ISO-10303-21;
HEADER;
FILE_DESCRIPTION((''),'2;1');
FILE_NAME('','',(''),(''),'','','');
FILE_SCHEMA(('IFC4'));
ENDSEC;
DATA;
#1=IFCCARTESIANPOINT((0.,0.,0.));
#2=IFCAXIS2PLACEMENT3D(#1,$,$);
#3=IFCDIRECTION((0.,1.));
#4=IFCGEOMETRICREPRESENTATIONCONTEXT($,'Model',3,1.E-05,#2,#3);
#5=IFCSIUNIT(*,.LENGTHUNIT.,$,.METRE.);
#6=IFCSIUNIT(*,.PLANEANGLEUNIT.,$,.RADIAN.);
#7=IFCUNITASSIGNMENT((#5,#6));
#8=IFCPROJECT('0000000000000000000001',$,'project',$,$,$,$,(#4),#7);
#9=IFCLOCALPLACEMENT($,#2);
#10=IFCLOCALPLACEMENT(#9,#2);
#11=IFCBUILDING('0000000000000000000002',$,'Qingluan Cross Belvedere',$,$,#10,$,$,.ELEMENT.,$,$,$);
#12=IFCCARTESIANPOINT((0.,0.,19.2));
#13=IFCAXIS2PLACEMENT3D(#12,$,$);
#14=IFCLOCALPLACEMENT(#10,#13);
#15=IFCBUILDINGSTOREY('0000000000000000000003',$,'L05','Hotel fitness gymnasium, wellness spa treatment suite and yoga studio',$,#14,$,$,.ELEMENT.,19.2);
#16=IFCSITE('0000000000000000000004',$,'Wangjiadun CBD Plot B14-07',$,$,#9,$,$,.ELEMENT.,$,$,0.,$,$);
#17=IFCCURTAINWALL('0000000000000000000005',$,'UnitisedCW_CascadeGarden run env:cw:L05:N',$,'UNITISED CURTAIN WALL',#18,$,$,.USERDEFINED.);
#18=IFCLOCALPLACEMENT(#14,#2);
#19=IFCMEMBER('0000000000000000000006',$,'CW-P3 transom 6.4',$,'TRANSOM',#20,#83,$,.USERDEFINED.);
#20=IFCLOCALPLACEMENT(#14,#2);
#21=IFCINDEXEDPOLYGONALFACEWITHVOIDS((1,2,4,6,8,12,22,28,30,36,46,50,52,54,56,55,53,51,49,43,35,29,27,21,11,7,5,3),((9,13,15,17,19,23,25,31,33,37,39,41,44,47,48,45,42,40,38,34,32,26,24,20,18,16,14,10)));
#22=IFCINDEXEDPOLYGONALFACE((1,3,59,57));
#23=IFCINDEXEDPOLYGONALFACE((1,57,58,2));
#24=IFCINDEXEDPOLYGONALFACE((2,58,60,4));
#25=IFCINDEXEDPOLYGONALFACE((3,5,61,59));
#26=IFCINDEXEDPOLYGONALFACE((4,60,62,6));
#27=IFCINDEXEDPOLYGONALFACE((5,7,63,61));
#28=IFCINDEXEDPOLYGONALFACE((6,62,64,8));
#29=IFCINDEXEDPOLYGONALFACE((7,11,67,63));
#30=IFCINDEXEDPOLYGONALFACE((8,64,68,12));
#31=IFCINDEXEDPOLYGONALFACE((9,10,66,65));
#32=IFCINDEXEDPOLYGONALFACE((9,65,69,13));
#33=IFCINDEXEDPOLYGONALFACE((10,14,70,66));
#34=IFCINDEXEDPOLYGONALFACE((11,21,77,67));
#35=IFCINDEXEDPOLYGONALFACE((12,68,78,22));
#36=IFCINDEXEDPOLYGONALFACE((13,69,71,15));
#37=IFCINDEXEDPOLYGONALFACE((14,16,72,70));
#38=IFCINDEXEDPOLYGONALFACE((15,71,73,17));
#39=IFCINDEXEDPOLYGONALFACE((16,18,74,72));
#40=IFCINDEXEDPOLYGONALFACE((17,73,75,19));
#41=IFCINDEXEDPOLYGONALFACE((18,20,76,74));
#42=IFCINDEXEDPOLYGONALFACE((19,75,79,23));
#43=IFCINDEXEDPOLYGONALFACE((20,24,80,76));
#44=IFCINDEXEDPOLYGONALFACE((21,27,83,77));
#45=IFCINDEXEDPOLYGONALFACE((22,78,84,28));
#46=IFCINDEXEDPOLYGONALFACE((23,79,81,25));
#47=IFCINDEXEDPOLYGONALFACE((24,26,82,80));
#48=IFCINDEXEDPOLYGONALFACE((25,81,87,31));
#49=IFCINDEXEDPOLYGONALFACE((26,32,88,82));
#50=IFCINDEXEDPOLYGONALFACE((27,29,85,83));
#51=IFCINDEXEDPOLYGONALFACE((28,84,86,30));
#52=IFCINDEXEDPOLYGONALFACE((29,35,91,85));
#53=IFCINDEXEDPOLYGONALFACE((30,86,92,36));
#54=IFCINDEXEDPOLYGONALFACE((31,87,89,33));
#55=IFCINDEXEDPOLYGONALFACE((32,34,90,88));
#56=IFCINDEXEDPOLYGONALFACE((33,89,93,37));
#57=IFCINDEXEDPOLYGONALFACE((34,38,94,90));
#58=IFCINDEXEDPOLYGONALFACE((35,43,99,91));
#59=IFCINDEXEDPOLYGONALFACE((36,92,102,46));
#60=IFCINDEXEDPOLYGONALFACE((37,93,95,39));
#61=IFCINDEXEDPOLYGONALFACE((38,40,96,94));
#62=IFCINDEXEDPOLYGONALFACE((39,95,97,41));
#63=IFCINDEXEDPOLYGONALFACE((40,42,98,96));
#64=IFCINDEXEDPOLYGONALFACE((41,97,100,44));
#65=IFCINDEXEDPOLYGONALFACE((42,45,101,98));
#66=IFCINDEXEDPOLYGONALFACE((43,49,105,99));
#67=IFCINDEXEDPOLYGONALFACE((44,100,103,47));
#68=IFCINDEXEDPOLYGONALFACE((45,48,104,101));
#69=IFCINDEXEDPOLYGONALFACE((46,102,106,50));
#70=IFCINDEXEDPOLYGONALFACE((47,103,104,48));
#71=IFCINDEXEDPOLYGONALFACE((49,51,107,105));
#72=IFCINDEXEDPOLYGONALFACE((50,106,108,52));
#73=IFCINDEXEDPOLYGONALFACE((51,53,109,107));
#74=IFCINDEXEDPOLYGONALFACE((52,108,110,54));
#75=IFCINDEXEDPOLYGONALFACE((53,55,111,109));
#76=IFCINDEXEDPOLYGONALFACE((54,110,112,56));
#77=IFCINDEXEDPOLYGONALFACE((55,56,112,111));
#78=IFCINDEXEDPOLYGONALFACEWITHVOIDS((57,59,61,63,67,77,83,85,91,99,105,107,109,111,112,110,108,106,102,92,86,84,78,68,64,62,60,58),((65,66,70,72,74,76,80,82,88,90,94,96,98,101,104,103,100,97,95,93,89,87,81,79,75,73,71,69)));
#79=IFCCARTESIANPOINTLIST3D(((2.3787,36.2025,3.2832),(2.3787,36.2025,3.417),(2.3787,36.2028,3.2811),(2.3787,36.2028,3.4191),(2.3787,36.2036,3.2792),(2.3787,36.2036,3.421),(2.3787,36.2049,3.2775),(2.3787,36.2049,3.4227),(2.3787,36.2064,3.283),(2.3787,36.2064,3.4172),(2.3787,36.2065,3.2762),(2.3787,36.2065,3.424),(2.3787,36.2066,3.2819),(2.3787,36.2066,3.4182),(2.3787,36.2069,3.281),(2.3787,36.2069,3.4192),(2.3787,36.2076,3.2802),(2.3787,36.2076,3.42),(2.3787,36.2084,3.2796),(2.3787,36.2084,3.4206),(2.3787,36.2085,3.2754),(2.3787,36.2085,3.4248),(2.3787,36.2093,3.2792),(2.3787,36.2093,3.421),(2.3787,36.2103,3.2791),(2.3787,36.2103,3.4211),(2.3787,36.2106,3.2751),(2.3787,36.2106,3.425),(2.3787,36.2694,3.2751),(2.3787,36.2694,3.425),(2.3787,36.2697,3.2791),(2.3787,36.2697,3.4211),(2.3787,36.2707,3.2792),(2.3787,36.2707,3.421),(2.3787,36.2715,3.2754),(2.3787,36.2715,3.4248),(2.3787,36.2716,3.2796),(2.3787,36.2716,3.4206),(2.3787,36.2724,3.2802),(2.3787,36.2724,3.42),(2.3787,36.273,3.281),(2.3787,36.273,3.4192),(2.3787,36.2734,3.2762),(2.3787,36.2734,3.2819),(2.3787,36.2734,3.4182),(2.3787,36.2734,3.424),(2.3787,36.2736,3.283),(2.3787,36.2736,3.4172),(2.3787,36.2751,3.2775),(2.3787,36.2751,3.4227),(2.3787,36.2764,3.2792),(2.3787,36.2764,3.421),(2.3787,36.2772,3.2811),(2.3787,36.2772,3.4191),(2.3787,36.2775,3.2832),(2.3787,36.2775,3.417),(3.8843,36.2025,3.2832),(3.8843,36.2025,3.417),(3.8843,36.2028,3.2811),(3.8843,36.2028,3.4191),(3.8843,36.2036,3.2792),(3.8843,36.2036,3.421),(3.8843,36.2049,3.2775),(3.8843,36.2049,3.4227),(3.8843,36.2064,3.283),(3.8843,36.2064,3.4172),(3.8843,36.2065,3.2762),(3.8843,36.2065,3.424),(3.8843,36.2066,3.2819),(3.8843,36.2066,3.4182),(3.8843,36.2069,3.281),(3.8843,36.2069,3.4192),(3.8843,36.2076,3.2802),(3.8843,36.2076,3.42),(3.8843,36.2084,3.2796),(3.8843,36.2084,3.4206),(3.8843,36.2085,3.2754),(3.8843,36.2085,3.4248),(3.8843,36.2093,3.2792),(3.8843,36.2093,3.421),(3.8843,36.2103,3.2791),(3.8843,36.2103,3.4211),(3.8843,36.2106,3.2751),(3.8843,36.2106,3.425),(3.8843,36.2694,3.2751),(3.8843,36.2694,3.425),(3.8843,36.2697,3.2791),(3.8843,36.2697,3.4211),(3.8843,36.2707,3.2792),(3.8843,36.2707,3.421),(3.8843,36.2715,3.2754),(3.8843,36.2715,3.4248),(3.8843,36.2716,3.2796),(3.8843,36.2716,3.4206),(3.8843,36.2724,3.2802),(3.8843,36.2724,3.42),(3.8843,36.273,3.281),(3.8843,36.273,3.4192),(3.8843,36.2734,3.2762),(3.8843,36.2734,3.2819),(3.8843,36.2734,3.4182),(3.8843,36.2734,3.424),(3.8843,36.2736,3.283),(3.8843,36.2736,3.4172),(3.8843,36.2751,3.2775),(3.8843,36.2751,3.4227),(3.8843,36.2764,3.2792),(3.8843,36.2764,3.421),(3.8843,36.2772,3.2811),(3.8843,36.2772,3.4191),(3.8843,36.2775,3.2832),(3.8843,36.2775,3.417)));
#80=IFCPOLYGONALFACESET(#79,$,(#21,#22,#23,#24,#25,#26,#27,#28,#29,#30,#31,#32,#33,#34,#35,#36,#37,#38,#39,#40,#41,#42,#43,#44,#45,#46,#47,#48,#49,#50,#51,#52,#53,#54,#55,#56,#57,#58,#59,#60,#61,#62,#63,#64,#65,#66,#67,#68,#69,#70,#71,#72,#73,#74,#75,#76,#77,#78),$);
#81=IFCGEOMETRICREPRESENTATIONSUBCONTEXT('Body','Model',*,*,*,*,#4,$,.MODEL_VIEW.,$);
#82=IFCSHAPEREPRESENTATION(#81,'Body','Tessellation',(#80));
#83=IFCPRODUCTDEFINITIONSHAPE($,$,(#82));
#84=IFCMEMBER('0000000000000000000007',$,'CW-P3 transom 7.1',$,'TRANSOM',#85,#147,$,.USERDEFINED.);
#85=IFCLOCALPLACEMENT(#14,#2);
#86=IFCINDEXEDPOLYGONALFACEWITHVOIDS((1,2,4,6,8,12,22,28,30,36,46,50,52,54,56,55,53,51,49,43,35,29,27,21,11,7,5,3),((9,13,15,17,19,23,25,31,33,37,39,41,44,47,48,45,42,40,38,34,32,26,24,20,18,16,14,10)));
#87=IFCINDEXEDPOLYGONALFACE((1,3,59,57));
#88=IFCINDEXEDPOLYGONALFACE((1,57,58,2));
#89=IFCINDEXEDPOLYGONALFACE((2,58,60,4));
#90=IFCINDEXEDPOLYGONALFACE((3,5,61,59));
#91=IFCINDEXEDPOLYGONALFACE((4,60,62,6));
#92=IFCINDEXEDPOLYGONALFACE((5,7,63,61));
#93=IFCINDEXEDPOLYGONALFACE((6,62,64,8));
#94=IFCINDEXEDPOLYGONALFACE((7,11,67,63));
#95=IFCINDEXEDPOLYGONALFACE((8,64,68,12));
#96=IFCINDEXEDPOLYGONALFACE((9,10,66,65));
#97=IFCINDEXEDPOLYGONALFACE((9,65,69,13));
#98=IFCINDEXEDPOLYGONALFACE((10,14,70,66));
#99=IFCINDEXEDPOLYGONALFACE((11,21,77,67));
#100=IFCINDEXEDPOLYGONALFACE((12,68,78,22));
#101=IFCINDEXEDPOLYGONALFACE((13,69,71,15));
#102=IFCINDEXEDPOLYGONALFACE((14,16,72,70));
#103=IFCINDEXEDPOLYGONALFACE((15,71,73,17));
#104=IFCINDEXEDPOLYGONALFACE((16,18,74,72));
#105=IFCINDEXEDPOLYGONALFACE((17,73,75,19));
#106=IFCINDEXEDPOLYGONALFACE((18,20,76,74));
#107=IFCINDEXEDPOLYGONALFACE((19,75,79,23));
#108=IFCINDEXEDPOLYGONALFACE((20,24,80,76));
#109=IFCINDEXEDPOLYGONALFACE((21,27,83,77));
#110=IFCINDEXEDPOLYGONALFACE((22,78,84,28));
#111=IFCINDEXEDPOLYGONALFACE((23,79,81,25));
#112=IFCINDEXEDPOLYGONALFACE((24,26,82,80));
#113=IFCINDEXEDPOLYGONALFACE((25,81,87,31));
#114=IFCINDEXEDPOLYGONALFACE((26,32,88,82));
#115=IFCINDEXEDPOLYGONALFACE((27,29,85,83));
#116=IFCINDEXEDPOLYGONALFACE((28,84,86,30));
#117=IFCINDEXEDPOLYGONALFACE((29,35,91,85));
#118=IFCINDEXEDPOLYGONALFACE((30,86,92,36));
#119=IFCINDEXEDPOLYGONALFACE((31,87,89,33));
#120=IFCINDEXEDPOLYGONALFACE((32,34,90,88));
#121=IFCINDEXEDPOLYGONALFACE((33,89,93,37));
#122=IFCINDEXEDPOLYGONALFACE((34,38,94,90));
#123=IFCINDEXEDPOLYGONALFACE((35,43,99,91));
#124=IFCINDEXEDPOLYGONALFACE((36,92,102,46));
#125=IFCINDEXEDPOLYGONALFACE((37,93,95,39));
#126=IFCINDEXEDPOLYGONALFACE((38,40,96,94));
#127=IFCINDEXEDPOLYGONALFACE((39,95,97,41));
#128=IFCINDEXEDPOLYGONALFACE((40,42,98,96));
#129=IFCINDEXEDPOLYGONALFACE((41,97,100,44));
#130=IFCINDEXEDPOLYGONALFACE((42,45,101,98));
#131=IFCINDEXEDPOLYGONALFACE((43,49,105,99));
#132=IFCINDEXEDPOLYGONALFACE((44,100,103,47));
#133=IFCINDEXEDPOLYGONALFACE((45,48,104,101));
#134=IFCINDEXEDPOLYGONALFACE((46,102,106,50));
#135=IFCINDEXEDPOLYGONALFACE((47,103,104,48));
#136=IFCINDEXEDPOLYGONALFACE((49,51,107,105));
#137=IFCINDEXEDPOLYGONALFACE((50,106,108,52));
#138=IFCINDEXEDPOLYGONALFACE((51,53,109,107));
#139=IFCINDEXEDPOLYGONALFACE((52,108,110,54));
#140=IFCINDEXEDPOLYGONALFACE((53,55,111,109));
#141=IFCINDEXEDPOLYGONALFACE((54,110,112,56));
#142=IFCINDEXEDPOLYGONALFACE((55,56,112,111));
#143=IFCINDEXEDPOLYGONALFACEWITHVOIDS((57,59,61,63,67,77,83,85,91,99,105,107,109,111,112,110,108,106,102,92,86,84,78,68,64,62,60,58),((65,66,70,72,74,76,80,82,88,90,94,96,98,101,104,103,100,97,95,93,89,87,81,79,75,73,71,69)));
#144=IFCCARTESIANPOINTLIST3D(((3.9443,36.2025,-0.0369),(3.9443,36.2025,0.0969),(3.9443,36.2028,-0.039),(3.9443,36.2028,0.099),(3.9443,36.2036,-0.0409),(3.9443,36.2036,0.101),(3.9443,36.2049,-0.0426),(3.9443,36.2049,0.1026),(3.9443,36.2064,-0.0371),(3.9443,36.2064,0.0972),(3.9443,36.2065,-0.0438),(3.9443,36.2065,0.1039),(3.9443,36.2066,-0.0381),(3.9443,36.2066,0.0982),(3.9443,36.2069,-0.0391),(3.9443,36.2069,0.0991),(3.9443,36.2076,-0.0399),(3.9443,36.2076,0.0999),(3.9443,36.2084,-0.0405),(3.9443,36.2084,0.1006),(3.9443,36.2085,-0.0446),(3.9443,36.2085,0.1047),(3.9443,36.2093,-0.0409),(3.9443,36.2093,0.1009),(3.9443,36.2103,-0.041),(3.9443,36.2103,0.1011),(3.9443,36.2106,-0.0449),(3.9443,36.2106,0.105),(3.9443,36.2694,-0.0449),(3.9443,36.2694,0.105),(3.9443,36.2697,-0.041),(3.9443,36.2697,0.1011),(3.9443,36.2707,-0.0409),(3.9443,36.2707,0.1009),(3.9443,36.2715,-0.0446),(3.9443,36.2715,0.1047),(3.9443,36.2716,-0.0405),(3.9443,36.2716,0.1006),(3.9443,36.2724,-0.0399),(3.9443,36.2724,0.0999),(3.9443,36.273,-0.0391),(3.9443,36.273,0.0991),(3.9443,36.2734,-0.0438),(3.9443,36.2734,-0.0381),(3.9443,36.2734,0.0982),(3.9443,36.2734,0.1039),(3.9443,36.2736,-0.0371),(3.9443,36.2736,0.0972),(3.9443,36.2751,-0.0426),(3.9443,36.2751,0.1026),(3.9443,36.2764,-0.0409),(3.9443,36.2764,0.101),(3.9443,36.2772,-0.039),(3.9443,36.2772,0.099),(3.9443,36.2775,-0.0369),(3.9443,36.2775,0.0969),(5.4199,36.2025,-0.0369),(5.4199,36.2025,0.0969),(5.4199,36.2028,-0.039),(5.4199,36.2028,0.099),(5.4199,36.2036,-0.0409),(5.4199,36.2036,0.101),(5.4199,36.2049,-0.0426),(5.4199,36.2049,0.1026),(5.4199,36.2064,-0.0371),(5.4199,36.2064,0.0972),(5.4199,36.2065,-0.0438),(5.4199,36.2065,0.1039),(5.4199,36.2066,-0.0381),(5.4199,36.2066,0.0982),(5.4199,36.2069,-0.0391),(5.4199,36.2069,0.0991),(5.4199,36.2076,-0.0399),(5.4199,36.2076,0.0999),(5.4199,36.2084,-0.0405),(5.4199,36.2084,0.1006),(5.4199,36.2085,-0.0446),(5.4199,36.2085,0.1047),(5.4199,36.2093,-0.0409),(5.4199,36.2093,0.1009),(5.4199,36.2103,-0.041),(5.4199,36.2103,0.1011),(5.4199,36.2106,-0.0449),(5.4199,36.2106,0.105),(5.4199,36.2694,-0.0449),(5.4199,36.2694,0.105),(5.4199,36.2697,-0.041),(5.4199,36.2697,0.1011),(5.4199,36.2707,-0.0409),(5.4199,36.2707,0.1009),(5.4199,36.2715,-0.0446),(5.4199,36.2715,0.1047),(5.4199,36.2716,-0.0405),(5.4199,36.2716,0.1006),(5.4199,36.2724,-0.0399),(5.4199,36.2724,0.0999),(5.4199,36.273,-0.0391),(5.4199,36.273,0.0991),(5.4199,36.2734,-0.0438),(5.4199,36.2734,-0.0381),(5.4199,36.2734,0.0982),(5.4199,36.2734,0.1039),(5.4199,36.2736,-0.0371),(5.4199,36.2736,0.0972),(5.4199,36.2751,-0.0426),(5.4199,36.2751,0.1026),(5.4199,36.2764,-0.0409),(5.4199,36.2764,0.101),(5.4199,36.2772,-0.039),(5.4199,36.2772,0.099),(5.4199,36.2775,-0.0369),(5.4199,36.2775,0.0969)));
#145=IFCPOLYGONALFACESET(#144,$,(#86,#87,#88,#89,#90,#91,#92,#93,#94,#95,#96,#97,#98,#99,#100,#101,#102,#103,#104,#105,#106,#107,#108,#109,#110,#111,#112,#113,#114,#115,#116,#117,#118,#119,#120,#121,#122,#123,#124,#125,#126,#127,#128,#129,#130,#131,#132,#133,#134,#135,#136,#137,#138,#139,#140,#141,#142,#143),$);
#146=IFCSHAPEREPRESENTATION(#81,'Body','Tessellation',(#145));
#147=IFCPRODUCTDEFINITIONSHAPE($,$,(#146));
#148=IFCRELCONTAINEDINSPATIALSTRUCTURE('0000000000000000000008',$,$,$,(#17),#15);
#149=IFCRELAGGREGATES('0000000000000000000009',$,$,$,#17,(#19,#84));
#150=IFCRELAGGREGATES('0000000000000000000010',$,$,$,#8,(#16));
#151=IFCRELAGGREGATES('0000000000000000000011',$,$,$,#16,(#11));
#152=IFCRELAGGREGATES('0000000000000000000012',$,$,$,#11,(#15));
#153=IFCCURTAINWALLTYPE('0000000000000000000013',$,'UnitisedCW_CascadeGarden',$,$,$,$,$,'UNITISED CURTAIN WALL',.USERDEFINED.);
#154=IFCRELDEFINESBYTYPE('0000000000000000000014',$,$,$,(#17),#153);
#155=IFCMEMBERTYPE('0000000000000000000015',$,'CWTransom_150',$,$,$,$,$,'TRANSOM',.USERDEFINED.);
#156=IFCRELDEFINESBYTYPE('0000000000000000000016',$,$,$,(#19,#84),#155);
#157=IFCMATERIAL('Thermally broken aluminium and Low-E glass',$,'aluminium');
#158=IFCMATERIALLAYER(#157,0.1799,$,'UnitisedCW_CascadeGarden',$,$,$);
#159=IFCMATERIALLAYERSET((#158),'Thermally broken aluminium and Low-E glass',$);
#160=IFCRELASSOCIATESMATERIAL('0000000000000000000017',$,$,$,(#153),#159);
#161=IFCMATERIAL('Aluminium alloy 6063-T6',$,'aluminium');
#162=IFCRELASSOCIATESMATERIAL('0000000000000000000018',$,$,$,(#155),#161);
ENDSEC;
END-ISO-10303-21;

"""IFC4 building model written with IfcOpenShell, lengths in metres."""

from ifc_helpers import new_model, si_unit, direction, frame, origin, origin_2d, place, context, subcontext, project, spatial, hollow_rectangle, extrude, material, layer, layer_set, material_profile, profile_set, type_object, element, aggregate, save


model = new_model("IFC4")

# Units and contexts
model_context = context("Model", 3, precision=1e-05, world=origin(), true_north=direction((0.0, 1.0)))
body_context = subcontext(model_context, "Body", "Model", "MODEL_VIEW")
ifc_project = project(units=[si_unit("LENGTHUNIT", "METRE"), si_unit("PLANEANGLEUNIT", "RADIAN")], contexts=[model_context])

# Site, building, storey
site_placement = place(None, origin())
site = spatial("IfcSite", under=ifc_project, at=site_placement, Name="Wangjiadun CBD Plot B14-07", CompositionType="ELEMENT", RefElevation=0.0)
building_placement = place(site_placement, origin())
building = spatial("IfcBuilding", under=site, at=building_placement, Name="Qingluan Cross Belvedere", CompositionType="ELEMENT")
storey_placement = place(building_placement, frame((0.0, 0.0, 19.2)))
storey = spatial("IfcBuildingStorey", under=building, at=storey_placement, Name="L05", Description="Hotel fitness gymnasium, wellness spa treatment suite and yoga studio", CompositionType="ELEMENT", Elevation=19.2)

# Curtain wall, members
ifc_material_1 = material(Name="Thermally broken aluminium and Low-E glass", Category="aluminium")
ifc_layer_1 = layer(ifc_material_1, 0.1799, Name="UnitisedCW_CascadeGarden")
ifc_layer_set_1 = layer_set([ifc_layer_1], Name="Thermally broken aluminium and Low-E glass")
curtain_wall_type = type_object("IfcCurtainWallType", Name="UnitisedCW_CascadeGarden", ElementType="UNITISED CURTAIN WALL", PredefinedType="USERDEFINED", material=ifc_layer_set_1)
curtain_wall_placement = place(storey_placement, origin())
curtain_wall = element("IfcCurtainWall", 1, at=curtain_wall_placement, inside=storey, type_object=curtain_wall_type, Name="UnitisedCW_CascadeGarden run env:cw:L05:N", ObjectType="UNITISED CURTAIN WALL", PredefinedType="USERDEFINED")
ifc_material_2 = material(Name="Aluminium alloy 6063-T6", Category="aluminium")
ifc_material_profile_1 = material_profile(ifc_material_2, hollow_rectangle(XDim=0.075, YDim=0.1499, WallThickness=0.0039, InnerFilletRadius=0.0039, OuterFilletRadius=0.0081, at=origin_2d()), Name="CWT150x75x4")
ifc_profile_set_1 = profile_set([ifc_material_profile_1], Name="Aluminium alloy 6063-T6")
member_type_1 = type_object("IfcMemberType", Name="CWTransom_150", ElementType="TRANSOM", PredefinedType="USERDEFINED", material=ifc_profile_set_1)
member_1_placement = place(storey_placement, frame((2.3787, 36.24, 3.3501), z_axis=(1.0, 0.0, 0.0), x_axis=(0.0, 1.0, 0.0)))
member_1 = element("IfcMember", 2, at=member_1_placement, type_object=member_type_1, Name="CW-P3 transom 6.4", ObjectType="TRANSOM", PredefinedType="USERDEFINED", context=body_context, shape_type="SweptSolid", body=[
    extrude(hollow_rectangle(XDim=0.075, YDim=0.1499, WallThickness=0.0039, InnerFilletRadius=0.0039, OuterFilletRadius=0.0081, at=origin_2d()), origin(), (0.0, 0.0, 1.0), 1.5056),
])
member_2_placement = place(storey_placement, frame((3.9443, 36.24, 0.03), z_axis=(1.0, 0.0, 0.0), x_axis=(0.0, 1.0, 0.0)))
member_2 = element("IfcMember", 3, at=member_2_placement, type_object=member_type_1, Name="CW-P3 transom 7.1", ObjectType="TRANSOM", PredefinedType="USERDEFINED", context=body_context, shape_type="SweptSolid", body=[
    extrude(hollow_rectangle(XDim=0.075, YDim=0.1499, WallThickness=0.0039, InnerFilletRadius=0.0039, OuterFilletRadius=0.0081, at=origin_2d()), origin(), (0.0, 0.0, 1.0), 1.4756),
])

aggregate(curtain_wall, [member_1, member_2])

save(model, "model.ifc")
